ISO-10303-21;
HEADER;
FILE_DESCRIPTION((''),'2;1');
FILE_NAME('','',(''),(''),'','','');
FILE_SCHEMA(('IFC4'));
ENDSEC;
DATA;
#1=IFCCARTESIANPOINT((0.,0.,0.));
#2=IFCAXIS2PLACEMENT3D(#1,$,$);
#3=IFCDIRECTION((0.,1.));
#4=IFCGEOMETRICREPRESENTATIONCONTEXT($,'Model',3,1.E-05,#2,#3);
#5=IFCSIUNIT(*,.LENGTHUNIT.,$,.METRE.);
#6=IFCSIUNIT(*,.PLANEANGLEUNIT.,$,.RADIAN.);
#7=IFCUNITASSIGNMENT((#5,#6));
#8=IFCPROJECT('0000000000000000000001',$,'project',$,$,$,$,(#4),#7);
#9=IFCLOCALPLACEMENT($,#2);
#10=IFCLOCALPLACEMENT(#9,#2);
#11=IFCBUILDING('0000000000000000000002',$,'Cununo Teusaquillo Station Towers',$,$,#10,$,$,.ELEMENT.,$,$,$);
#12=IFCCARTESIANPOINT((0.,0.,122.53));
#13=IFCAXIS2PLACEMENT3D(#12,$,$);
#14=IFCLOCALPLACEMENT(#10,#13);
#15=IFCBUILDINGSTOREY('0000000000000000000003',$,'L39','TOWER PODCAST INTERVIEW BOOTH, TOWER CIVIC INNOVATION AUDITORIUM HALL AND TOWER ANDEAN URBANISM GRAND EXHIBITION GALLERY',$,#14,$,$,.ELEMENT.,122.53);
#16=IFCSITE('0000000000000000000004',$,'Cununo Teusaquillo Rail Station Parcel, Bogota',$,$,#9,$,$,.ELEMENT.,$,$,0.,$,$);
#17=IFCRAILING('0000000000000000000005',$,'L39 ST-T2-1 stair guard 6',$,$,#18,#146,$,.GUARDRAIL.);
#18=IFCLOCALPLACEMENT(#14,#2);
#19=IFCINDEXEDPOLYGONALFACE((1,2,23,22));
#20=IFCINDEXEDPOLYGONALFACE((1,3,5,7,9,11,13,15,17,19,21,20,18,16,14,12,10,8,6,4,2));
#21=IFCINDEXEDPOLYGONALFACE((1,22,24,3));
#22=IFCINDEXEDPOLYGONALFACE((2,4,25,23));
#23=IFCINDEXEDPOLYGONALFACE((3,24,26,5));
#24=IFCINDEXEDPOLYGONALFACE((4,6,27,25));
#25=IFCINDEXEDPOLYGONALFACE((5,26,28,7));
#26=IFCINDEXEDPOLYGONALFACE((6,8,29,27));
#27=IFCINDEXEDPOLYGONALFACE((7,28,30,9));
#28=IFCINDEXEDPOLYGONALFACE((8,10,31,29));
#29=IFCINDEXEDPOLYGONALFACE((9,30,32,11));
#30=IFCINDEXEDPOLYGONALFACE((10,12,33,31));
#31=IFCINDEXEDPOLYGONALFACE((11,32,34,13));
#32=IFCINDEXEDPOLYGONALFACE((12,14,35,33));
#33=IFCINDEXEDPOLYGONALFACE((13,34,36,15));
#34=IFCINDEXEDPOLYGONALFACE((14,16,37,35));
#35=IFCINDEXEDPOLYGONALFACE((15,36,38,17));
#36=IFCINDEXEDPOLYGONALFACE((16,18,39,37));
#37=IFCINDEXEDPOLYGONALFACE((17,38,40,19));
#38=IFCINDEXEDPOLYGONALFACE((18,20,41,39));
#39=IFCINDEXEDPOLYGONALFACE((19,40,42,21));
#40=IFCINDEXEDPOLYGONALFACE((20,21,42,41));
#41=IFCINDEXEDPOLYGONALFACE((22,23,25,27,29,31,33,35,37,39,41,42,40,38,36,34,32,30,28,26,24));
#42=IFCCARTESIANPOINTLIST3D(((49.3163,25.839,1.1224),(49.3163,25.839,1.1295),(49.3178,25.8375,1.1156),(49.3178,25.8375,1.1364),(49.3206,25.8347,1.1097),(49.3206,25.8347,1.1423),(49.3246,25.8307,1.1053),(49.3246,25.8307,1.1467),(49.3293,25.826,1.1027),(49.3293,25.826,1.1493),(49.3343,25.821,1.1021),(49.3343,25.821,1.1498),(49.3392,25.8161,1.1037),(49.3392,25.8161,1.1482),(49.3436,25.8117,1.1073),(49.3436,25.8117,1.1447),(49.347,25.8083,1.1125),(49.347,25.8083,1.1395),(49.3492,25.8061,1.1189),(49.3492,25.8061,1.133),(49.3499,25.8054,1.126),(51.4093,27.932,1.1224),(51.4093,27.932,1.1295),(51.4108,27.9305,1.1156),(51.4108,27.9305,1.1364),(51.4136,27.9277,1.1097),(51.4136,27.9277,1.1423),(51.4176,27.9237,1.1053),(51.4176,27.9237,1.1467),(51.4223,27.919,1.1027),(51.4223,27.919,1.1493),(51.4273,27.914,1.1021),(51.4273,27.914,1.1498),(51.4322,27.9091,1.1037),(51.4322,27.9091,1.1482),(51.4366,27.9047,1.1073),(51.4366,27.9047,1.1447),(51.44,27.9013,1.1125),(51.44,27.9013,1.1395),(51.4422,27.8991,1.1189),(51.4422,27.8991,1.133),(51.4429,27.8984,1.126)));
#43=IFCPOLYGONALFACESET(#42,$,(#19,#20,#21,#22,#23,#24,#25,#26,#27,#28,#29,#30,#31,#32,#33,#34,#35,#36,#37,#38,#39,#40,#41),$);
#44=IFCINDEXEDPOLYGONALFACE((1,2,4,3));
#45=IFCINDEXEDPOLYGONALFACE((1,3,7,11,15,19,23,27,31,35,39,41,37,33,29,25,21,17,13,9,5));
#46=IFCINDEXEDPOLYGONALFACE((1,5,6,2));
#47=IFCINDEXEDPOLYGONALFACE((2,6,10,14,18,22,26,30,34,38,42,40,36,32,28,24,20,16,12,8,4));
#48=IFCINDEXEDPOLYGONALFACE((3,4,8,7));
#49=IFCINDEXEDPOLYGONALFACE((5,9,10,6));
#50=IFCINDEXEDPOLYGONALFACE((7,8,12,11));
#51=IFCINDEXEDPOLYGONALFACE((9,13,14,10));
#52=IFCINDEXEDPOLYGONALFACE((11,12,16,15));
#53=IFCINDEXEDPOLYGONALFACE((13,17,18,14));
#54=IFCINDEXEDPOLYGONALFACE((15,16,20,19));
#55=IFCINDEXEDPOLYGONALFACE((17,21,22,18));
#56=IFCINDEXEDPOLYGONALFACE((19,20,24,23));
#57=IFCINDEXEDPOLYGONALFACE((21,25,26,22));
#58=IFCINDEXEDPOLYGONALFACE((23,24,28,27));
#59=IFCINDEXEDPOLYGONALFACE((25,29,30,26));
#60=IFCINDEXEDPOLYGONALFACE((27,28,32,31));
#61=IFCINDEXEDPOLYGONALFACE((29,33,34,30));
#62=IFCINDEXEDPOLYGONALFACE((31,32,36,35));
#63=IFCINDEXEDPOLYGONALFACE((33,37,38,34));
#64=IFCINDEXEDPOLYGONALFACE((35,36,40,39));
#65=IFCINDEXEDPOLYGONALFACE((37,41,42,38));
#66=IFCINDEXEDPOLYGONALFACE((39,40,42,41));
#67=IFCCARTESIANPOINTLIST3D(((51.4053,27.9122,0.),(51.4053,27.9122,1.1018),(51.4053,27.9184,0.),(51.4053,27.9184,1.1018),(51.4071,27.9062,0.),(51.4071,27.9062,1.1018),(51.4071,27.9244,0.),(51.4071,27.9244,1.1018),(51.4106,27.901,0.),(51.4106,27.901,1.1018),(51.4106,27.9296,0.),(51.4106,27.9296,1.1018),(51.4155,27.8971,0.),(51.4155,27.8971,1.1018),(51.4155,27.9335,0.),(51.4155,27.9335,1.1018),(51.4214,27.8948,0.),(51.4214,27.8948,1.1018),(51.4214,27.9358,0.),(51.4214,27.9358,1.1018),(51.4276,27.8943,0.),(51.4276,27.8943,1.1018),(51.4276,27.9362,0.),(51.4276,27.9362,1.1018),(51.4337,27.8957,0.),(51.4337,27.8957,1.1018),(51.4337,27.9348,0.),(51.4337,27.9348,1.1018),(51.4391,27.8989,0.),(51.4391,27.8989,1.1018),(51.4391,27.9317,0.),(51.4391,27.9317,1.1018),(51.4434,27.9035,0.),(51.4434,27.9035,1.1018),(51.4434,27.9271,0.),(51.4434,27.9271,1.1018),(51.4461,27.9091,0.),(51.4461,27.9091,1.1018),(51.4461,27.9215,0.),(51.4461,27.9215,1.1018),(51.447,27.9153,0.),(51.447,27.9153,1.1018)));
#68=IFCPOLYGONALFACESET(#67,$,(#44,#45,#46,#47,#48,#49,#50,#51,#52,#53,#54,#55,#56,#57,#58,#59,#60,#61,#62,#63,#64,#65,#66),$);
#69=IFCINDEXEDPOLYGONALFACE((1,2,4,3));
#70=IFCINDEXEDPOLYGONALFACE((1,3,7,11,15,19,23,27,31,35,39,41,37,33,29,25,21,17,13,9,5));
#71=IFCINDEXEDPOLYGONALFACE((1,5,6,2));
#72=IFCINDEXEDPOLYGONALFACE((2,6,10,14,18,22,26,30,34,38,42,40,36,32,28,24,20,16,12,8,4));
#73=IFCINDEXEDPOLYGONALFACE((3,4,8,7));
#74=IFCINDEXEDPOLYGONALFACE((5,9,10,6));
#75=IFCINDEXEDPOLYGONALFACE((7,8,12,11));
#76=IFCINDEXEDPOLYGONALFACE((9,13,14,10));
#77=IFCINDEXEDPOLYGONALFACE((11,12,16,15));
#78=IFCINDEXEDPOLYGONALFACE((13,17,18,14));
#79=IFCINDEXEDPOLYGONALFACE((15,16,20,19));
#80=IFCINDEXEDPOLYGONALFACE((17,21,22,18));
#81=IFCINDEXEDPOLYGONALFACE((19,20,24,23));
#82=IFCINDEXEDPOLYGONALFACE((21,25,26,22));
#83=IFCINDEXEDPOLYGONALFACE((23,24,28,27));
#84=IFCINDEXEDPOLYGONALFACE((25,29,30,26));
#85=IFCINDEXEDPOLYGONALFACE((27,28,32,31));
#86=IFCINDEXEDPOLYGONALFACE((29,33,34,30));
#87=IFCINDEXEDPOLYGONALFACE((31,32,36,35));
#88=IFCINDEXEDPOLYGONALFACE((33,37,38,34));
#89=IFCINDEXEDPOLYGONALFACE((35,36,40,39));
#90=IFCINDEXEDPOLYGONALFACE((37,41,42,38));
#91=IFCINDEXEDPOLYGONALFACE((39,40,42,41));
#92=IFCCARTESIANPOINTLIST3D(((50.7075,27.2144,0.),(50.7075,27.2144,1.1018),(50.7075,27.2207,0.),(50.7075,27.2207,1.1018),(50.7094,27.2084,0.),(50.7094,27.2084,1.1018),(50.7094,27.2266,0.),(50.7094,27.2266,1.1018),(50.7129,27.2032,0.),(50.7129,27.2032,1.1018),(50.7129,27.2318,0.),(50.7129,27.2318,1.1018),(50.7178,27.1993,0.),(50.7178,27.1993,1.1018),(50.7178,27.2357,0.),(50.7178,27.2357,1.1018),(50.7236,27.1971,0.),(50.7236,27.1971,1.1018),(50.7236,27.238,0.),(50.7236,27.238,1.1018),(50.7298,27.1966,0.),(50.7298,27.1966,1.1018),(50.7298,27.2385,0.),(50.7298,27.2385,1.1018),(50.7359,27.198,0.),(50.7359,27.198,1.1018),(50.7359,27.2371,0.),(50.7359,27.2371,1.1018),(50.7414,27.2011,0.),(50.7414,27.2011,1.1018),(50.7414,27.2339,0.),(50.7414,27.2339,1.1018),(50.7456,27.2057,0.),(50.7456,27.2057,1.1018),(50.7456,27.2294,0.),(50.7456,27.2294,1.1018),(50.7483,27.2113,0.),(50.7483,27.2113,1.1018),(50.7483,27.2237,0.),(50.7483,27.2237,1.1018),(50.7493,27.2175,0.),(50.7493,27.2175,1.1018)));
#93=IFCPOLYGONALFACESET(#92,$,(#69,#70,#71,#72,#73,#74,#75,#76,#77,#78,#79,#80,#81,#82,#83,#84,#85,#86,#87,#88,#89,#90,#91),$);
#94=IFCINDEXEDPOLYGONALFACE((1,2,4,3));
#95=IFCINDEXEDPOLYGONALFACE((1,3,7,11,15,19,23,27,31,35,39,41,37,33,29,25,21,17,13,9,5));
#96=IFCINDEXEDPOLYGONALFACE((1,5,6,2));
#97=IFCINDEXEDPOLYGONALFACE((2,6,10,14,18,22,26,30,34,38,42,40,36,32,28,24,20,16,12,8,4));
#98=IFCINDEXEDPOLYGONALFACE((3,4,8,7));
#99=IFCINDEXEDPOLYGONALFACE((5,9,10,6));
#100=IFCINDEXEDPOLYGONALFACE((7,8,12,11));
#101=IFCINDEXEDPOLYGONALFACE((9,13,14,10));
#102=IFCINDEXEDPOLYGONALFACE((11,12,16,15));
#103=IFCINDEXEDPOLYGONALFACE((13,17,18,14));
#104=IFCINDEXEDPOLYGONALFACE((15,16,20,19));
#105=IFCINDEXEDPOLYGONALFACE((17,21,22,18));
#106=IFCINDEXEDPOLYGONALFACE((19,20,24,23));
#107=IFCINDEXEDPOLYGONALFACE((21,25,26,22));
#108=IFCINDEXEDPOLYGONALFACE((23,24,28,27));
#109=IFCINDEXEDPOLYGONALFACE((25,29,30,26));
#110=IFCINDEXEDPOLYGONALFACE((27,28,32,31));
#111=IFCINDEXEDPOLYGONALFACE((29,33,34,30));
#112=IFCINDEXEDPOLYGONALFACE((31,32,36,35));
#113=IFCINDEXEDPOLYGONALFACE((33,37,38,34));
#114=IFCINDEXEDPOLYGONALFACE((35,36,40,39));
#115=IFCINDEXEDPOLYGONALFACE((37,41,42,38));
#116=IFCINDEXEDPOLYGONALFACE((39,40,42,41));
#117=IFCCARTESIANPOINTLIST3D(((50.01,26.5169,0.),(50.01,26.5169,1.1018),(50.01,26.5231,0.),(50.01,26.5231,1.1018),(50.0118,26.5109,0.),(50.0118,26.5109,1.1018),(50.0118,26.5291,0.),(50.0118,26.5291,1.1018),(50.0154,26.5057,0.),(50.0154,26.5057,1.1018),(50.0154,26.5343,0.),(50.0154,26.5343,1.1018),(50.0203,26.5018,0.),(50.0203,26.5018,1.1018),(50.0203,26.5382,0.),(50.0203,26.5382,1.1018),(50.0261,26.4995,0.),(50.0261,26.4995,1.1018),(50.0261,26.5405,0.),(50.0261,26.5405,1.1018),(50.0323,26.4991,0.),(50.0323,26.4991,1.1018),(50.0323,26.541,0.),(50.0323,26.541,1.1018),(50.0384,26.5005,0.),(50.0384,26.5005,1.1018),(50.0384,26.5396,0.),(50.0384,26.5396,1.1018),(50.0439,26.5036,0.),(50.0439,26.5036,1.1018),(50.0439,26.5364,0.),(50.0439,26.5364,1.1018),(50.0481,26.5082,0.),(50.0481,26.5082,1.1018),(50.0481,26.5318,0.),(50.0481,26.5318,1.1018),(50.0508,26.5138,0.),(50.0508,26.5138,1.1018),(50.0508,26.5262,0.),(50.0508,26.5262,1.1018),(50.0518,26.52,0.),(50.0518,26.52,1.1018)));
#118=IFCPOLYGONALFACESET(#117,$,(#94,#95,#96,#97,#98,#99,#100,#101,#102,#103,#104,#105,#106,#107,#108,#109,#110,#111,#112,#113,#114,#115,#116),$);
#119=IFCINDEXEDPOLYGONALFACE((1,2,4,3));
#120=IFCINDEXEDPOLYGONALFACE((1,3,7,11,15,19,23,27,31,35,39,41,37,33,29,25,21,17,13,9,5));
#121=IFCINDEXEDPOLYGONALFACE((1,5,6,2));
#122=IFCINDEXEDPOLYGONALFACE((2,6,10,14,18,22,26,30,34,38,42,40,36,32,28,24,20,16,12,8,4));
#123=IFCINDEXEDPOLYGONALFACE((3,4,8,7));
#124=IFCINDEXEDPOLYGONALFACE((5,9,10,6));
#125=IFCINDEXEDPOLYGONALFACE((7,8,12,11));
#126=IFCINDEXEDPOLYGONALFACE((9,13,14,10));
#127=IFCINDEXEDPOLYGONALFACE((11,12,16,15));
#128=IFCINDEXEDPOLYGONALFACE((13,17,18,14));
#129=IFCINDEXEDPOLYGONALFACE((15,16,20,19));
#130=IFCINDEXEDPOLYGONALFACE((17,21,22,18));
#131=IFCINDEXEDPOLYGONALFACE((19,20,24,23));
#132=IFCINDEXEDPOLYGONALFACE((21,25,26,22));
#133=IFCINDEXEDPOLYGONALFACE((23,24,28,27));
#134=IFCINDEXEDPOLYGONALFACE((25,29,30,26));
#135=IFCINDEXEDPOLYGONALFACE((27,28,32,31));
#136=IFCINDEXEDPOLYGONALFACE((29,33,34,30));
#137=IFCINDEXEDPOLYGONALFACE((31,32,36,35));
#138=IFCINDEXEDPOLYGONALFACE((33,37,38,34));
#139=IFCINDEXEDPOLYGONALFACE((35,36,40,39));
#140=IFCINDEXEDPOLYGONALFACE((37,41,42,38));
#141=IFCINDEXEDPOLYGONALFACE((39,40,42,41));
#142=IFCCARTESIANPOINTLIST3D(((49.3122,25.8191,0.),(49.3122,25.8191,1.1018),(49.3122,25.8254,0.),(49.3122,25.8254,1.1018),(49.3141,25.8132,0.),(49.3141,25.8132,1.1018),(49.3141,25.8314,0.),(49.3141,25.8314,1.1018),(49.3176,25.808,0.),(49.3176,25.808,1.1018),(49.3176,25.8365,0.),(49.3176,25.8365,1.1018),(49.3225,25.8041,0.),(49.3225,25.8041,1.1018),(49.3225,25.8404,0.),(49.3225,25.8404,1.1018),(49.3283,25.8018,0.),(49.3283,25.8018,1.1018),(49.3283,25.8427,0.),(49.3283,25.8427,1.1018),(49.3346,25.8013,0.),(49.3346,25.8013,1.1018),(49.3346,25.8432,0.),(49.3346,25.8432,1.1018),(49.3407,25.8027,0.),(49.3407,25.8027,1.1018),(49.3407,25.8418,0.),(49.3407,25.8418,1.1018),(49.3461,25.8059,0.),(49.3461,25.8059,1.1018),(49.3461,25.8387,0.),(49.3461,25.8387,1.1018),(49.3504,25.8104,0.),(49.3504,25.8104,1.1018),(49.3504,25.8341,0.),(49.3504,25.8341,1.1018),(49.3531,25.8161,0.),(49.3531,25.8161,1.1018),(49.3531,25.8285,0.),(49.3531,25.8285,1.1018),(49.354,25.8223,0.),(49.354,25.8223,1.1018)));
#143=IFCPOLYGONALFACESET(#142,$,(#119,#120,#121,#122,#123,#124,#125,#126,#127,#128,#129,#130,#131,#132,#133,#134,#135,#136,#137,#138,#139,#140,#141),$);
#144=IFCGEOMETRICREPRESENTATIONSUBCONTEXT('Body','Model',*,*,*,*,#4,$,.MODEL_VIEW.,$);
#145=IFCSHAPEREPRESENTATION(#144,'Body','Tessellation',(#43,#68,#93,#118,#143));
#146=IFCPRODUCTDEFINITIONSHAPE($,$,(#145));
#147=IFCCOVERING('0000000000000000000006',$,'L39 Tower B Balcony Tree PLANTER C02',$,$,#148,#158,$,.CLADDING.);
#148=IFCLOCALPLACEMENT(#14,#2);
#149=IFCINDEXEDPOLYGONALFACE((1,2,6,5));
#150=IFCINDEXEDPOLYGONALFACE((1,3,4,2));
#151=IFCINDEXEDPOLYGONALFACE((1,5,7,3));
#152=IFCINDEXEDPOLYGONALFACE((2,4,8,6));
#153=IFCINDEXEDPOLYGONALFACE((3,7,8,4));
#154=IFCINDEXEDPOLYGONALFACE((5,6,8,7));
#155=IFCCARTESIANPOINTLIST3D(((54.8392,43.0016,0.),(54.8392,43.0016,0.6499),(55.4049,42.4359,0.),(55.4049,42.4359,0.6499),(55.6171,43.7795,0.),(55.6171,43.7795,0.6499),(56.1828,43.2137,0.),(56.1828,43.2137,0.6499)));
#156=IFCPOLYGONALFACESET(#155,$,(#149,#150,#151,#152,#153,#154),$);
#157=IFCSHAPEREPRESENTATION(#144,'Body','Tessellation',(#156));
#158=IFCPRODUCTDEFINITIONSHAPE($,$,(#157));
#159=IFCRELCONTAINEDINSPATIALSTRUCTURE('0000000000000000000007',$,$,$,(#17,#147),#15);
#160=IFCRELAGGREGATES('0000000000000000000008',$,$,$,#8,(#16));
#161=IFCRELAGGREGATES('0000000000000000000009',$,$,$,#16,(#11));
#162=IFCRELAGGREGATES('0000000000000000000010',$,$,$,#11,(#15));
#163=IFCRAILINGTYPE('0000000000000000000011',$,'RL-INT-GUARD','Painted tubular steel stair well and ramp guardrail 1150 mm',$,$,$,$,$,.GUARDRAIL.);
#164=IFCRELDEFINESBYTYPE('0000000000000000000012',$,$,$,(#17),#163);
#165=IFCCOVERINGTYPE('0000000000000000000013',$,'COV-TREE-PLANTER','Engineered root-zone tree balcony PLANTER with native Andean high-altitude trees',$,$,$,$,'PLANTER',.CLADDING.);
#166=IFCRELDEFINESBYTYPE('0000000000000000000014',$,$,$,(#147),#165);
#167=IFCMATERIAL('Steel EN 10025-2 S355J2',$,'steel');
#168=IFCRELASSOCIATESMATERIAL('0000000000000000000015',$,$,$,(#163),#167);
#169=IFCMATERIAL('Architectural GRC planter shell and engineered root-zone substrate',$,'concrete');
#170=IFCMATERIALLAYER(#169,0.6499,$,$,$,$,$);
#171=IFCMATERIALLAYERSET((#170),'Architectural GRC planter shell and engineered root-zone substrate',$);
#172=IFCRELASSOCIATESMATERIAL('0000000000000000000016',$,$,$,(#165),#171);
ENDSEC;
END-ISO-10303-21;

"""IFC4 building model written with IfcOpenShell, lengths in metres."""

from ifc_helpers import new_model, si_unit, direction, frame, origin, origin_2d, place, context, subcontext, project, spatial, rectangle, circle, extrude, source, transform, mapped, material, layer, layer_set, type_object, element, save


model = new_model("IFC4")

# Units and contexts
model_context = context("Model", 3, precision=1e-05, world=origin(), true_north=direction((0.0, 1.0)))
body_context = subcontext(model_context, "Body", "Model", "MODEL_VIEW")
ifc_project = project(units=[si_unit("LENGTHUNIT", "METRE"), si_unit("PLANEANGLEUNIT", "RADIAN")], contexts=[model_context])

# Site, building, storey
site_placement = place(None, origin())
site = spatial("IfcSite", under=ifc_project, at=site_placement, Name="Cununo Teusaquillo Rail Station Parcel, Bogota", CompositionType="ELEMENT", RefElevation=0.0)
building_placement = place(site_placement, origin())
building = spatial("IfcBuilding", under=site, at=building_placement, Name="Cununo Teusaquillo Station Towers", CompositionType="ELEMENT")
storey_placement = place(building_placement, frame((0.0, 0.0, 122.53)))
storey = spatial("IfcBuildingStorey", under=building, at=storey_placement, Name="L39", Description="TOWER PODCAST INTERVIEW BOOTH, TOWER CIVIC INNOVATION AUDITORIUM HALL AND TOWER ANDEAN URBANISM GRAND EXHIBITION GALLERY", CompositionType="ELEMENT", Elevation=122.53)

# Railing
ifc_material_1 = material(Name="Steel EN 10025-2 S355J2", Category="steel")
railing_type_1 = type_object("IfcRailingType", Name="RL-INT-GUARD", Description="Painted tubular steel stair well and ramp guardrail 1150 mm", PredefinedType="GUARDRAIL", material=ifc_material_1)
railing_1_placement = place(storey_placement, frame((51.426, 27.9153, 0.0)))
element("IfcRailing", 1, at=railing_1_placement, inside=storey, type_object=railing_type_1, Name="L39 ST-T2-1 stair guard 6", PredefinedType="GUARDRAIL", context=body_context, shape_type="SweptSolid", body=[
    extrude(circle(Radius=0.0239, at=origin_2d()), frame((0.0, 0.0, 1.126), z_axis=(-0.707107, -0.707107, 0.0), x_axis=(0.707107, -0.707107, 0.0)), (0.0, 0.0, 1.0), 2.96),
    extrude(circle(Radius=0.021, at=origin_2d()), origin(), (0.0, 0.0, 1.0), 1.1018),
    extrude(circle(Radius=0.021, at=origin_2d()), frame((-0.6978, -0.6978, 0.0)), (0.0, 0.0, 1.0), 1.1018),
    extrude(circle(Radius=0.021, at=origin_2d()), frame((-1.3953, -1.3953, 0.0)), (0.0, 0.0, 1.0), 1.1018),
    extrude(circle(Radius=0.021, at=origin_2d()), frame((-2.093, -2.093, 0.0)), (0.0, 0.0, 1.0), 1.1018),
])

# Covering
ifc_material_2 = material(Name="Architectural GRC planter shell and engineered root-zone substrate", Category="concrete")
ifc_layer_1 = layer(ifc_material_2, 0.6499)
ifc_layer_set_1 = layer_set([ifc_layer_1], Name="Architectural GRC planter shell and engineered root-zone substrate")
covering_type = type_object("IfcCoveringType", Name="COV-TREE-PLANTER", Description="Engineered root-zone tree balcony PLANTER with native Andean high-altitude trees", ElementType="PLANTER", PredefinedType="CLADDING", material=ifc_layer_set_1)
shared_shape_1 = source(origin(), body_context, "Body", "SweptSolid", [
    extrude(rectangle(XDim=1.1001, YDim=0.8, at=origin_2d()), origin(), (0.0, 0.0, 1.0), 0.6499),
])
covering_placement = place(storey_placement, frame((55.511, 43.1077, 0.0), z_axis=(0.0, 0.0, 1.0), x_axis=(0.707107, 0.707107, 0.0)))
element("IfcCovering", 2, at=covering_placement, inside=storey, type_object=covering_type, Name="L39 Tower B Balcony Tree PLANTER C02", PredefinedType="CLADDING", context=body_context, shape_type="MappedRepresentation", body=[
    mapped(shared_shape_1, transform((0.0, 0.0, 0.0), x_axis=(1.0, 0.0, 0.0), y_axis=(0.0, 1.0, 0.0), z_axis=(0.0, 0.0, 1.0), scale=1.0)),
])

save(model, "model.ifc")
